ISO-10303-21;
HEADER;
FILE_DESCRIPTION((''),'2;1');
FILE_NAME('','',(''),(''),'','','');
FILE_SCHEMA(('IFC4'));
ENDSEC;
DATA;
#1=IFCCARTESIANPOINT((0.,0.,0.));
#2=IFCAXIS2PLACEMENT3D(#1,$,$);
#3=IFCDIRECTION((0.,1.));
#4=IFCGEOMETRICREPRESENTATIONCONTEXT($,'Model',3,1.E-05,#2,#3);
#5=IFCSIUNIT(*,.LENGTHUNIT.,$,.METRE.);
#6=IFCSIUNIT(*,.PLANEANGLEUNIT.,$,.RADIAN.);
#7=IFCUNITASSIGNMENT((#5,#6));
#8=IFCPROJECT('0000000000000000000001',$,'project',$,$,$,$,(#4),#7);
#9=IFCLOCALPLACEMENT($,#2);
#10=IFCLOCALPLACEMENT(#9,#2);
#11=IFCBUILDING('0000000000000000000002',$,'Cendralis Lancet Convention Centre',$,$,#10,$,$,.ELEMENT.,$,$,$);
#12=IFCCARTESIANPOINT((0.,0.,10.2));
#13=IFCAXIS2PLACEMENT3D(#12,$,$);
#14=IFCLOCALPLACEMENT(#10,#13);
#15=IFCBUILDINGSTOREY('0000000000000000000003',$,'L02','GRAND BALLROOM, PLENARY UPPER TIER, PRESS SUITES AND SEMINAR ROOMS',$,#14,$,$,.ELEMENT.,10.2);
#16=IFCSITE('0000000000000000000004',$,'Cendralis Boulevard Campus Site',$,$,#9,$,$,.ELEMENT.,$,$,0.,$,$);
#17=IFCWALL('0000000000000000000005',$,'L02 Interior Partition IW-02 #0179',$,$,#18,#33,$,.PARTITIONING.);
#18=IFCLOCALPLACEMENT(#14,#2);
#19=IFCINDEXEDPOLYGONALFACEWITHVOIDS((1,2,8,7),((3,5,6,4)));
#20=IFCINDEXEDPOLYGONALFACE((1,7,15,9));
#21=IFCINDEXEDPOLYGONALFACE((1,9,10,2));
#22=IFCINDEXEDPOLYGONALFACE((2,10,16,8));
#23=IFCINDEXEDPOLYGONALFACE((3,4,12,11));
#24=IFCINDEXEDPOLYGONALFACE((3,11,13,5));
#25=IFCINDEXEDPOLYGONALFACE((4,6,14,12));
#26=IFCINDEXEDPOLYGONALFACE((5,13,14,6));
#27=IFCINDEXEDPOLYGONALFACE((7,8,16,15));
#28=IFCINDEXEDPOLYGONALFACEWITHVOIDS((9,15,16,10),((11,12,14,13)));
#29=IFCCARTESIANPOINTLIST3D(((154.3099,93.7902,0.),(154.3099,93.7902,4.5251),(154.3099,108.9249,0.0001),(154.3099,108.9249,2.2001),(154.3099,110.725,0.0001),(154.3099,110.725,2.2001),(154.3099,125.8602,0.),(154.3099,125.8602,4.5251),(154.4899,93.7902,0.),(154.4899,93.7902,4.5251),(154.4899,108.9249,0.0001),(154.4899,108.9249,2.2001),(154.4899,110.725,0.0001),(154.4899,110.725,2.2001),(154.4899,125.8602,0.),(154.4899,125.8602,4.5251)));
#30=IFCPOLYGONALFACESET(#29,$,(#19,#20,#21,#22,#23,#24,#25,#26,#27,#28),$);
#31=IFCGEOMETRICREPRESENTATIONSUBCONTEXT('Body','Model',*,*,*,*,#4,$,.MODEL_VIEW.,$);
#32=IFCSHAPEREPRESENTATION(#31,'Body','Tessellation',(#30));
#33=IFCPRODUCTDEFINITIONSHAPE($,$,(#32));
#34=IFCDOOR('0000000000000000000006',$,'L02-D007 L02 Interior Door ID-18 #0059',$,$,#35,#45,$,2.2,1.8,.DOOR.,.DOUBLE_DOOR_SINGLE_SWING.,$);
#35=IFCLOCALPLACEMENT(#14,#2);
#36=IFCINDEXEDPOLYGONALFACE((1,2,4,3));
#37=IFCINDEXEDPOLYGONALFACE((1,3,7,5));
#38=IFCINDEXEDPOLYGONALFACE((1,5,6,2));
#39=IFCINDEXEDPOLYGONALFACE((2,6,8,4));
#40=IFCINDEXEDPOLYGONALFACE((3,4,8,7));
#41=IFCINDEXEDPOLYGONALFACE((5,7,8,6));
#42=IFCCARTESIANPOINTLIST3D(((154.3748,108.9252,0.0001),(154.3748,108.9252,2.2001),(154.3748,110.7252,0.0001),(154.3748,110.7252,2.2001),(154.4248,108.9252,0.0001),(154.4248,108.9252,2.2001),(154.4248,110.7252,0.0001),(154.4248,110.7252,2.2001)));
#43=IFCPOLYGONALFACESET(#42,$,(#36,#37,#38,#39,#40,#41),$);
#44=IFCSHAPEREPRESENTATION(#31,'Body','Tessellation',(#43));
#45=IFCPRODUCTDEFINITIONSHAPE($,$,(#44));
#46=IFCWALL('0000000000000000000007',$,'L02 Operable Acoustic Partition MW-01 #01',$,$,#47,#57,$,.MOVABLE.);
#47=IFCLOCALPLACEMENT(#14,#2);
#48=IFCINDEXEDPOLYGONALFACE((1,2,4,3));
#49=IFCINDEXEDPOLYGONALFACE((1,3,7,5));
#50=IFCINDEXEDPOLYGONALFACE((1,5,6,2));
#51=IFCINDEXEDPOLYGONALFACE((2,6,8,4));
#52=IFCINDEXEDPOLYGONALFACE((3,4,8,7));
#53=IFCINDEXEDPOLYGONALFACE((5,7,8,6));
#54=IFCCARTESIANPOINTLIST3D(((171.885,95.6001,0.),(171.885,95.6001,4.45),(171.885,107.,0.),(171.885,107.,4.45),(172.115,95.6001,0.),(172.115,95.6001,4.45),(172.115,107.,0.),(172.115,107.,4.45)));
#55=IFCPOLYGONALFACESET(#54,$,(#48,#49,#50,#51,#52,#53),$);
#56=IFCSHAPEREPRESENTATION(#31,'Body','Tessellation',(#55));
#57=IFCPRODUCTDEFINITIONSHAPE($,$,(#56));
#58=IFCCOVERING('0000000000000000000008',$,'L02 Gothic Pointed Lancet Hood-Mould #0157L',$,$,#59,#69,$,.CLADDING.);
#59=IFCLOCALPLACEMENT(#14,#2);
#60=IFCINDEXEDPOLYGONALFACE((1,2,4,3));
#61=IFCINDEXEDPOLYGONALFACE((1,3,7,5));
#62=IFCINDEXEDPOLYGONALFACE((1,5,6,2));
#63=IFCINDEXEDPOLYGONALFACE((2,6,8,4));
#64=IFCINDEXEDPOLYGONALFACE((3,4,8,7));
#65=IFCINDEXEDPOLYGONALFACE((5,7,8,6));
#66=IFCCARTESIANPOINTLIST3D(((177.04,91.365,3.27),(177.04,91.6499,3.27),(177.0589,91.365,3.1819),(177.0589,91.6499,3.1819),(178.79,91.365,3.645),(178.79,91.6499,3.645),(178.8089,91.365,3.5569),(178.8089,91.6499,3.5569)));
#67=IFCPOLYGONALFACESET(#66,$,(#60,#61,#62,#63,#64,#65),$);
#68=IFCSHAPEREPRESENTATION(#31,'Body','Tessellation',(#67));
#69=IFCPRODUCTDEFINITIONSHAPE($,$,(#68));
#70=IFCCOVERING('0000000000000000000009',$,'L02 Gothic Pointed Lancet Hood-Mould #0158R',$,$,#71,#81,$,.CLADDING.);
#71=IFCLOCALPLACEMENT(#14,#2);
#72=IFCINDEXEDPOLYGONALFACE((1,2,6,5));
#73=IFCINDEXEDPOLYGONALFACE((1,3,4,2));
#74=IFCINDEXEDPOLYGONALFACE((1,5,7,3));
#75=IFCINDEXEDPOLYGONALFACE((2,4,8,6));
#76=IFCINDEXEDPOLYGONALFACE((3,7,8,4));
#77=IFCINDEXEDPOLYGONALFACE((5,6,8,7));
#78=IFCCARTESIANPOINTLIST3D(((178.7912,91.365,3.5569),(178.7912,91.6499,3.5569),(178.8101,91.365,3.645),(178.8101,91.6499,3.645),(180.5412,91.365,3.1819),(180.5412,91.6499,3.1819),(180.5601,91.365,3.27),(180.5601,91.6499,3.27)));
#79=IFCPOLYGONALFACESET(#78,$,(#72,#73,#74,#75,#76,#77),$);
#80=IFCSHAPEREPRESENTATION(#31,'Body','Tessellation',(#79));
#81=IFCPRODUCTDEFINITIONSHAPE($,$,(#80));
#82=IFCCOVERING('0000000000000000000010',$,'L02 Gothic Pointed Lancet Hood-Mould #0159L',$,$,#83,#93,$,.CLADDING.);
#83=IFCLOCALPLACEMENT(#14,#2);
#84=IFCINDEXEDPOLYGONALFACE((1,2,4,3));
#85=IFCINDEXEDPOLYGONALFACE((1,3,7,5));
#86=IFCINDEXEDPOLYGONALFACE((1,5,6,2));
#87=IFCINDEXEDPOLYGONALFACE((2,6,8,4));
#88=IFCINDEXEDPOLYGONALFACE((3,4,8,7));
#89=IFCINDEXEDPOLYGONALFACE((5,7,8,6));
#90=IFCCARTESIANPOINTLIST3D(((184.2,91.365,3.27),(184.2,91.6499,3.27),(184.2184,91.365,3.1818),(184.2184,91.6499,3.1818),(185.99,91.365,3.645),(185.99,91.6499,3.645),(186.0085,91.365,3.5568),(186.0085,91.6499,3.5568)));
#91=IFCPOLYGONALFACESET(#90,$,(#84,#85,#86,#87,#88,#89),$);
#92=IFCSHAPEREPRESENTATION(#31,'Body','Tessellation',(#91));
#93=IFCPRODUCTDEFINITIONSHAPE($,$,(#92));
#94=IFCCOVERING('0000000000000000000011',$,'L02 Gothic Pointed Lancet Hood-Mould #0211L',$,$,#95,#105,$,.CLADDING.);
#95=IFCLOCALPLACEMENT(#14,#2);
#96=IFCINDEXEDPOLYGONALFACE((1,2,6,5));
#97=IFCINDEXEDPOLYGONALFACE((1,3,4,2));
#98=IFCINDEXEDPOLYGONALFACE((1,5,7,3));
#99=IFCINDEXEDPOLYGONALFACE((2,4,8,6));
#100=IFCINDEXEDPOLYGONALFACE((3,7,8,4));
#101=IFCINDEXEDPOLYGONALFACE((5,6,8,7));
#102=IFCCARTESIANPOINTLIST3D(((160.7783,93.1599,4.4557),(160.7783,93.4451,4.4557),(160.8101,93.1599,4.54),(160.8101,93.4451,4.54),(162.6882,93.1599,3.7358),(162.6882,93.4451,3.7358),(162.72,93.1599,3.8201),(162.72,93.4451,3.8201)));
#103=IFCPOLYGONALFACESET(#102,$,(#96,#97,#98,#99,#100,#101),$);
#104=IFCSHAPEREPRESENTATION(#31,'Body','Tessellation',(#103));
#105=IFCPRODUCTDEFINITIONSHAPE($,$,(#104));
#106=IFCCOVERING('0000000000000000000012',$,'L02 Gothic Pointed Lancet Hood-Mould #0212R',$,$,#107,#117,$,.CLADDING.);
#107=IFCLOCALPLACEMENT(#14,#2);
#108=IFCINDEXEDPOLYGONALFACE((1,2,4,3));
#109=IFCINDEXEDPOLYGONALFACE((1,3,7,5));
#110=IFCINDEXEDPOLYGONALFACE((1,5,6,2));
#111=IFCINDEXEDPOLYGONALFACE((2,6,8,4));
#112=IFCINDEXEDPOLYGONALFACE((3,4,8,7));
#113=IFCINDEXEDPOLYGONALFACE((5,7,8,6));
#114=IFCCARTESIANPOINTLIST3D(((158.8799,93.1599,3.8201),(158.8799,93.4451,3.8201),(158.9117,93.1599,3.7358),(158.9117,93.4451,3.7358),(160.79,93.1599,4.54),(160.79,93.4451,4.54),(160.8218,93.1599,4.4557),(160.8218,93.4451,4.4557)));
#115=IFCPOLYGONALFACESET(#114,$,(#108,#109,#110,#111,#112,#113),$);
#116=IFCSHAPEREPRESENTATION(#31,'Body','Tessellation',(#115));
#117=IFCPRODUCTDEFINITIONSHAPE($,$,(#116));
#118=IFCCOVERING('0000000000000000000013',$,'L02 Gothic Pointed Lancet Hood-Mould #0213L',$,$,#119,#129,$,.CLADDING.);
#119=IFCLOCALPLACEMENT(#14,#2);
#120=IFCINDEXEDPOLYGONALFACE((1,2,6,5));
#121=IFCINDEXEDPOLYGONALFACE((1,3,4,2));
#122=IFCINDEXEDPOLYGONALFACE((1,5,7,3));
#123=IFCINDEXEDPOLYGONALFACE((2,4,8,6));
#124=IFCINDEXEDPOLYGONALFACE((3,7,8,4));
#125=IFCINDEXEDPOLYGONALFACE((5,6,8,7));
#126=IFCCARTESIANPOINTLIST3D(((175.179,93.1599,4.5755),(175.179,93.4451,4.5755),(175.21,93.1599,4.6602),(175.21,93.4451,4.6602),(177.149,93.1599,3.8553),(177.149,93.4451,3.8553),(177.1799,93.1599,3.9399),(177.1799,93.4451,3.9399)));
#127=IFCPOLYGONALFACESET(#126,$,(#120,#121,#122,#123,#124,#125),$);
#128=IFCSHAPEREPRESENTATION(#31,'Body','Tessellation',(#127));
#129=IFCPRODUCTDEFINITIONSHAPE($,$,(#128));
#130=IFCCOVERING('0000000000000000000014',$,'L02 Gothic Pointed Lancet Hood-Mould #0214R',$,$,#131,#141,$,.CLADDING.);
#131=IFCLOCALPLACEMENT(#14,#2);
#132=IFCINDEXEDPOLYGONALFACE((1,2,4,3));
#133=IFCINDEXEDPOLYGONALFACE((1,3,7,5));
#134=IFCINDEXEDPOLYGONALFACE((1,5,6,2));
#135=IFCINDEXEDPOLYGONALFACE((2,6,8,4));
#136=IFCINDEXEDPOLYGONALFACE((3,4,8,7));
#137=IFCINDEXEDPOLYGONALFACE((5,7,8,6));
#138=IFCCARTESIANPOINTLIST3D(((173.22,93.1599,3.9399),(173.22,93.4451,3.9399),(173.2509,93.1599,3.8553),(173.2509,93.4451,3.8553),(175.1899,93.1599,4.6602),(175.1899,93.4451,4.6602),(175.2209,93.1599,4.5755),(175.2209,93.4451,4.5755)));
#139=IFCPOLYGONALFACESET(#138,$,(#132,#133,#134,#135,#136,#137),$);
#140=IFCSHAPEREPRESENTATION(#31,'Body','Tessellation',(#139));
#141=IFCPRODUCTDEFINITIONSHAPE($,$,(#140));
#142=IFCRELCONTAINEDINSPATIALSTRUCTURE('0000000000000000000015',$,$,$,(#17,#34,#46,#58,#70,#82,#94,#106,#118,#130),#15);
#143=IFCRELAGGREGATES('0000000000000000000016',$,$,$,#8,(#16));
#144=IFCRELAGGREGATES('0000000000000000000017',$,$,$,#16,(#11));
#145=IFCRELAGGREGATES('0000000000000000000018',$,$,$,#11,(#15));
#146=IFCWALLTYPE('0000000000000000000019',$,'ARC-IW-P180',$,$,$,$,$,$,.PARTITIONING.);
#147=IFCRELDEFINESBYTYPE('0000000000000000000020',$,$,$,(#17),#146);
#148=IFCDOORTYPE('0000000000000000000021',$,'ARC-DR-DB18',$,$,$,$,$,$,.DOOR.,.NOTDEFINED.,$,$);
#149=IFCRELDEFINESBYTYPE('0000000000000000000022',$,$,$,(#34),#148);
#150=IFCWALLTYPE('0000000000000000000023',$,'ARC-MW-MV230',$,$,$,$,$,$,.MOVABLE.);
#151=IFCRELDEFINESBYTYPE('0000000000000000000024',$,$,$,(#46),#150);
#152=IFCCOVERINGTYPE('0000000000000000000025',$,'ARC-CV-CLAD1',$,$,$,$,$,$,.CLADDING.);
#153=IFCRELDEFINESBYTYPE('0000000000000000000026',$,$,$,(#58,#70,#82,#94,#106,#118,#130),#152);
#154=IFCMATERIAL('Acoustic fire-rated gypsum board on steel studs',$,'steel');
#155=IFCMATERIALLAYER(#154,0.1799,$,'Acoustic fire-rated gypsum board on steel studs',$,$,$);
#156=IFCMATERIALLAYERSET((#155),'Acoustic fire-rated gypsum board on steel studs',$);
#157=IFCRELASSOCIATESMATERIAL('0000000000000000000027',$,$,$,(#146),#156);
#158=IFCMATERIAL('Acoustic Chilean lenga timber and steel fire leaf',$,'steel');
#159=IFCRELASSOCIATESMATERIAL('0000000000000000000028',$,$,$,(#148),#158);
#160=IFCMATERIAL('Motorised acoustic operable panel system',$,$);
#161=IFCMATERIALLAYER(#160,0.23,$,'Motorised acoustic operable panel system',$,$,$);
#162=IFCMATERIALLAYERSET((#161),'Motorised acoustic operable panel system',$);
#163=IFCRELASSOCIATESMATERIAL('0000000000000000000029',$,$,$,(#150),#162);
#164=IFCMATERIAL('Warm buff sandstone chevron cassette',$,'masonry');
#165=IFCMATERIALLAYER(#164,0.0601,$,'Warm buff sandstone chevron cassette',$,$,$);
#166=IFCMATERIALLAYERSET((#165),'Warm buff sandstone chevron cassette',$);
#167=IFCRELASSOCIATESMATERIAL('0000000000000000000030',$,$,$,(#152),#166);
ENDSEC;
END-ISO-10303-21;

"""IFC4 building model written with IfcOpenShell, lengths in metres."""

from ifc_helpers import new_model, si_unit, direction, frame, frame_2d, origin, place, context, subcontext, project, spatial, polyline, rectangle, outline, extrude, material, layer, layer_set, type_object, element, fill, save


model = new_model("IFC4")

# Units and contexts
model_context = context("Model", 3, precision=1e-05, world=origin(), true_north=direction((0.0, 1.0)))
body_context = subcontext(model_context, "Body", "Model", "MODEL_VIEW")
ifc_project = project(units=[si_unit("LENGTHUNIT", "METRE"), si_unit("PLANEANGLEUNIT", "RADIAN")], contexts=[model_context])

# Site, building, storey
site_placement = place(None, origin())
site = spatial("IfcSite", under=ifc_project, at=site_placement, Name="Cendralis Boulevard Campus Site", CompositionType="ELEMENT", RefElevation=0.0)
building_placement = place(site_placement, origin())
building = spatial("IfcBuilding", under=site, at=building_placement, Name="Cendralis Lancet Convention Centre", CompositionType="ELEMENT")
storey_placement = place(building_placement, frame((0.0, 0.0, 10.2)))
storey = spatial("IfcBuildingStorey", under=building, at=storey_placement, Name="L02", Description="GRAND BALLROOM, PLENARY UPPER TIER, PRESS SUITES AND SEMINAR ROOMS", CompositionType="ELEMENT", Elevation=10.2)

# Wall, opening, door
ifc_material_1 = material(Name="Acoustic fire-rated gypsum board on steel studs", Category="steel")
ifc_layer_1 = layer(ifc_material_1, 0.1799, Name="Acoustic fire-rated gypsum board on steel studs")
ifc_layer_set_1 = layer_set([ifc_layer_1], Name="Acoustic fire-rated gypsum board on steel studs")
wall_type_1 = type_object("IfcWallType", Name="ARC-IW-P180", PredefinedType="PARTITIONING", material=ifc_layer_set_1)
wall_1_placement = place(storey_placement, frame((154.3999, 93.79, 0.0), z_axis=(0.0, 0.0, 1.0), x_axis=(0.0, 1.0, 0.0)))
wall_1 = element("IfcWall", 1, at=wall_1_placement, inside=storey, type_object=wall_type_1, Name="L02 Interior Partition IW-02 #0179", PredefinedType="PARTITIONING", context=body_context, shape_type="SweptSolid", body=[
    extrude(rectangle(XDim=32.0701, YDim=0.1799, at=frame_2d((16.0352, 0.0))), origin(), (0.0, 0.0, 1.0), 4.5251),
])
opening_1_placement = place(wall_1_placement, frame((15.135, 0.0, 0.0)))
opening_1 = element("IfcOpeningElement", 2, at=opening_1_placement, cuts=wall_1, PredefinedType="OPENING", context=body_context, shape_type="SweptSolid", body=[
    extrude(rectangle(XDim=1.8, YDim=2.2, at=frame_2d((0.8999, 1.1001))), frame((0.0, 0.0999, 0.0), z_axis=(0.0, -1.0, 0.0), x_axis=(1.0, 0.0, 0.0)), (0.0, 0.0, 1.0), 0.2),
])
ifc_material_2 = material(Name="Acoustic Chilean lenga timber and steel fire leaf", Category="steel")
door_type = type_object("IfcDoorType", Name="ARC-DR-DB18", OperationType="NOTDEFINED", PredefinedType="DOOR", material=ifc_material_2)
door_placement = place(opening_1_placement, frame((1.8, 0.0, 0.0), z_axis=(0.0, 0.0, 1.0), x_axis=(-1.0, 0.0, 0.0)))
door = element("IfcDoor", 3, at=door_placement, inside=storey, type_object=door_type, Name="L02-D007 L02 Interior Door ID-18 #0059", OperationType="DOUBLE_DOOR_SINGLE_SWING", OverallHeight=2.2, OverallWidth=1.8, PredefinedType="DOOR", context=body_context, shape_type="SweptSolid", body=[
    extrude(rectangle(XDim=1.8, YDim=2.2, at=frame_2d((0.8999, 1.1001))), frame((0.0, 0.0249, 0.0), z_axis=(0.0, -1.0, 0.0), x_axis=(1.0, 0.0, 0.0)), (0.0, 0.0, 1.0), 0.05),
])
fill(opening_1, door)

# Wall
ifc_material_3 = material(Name="Motorised acoustic operable panel system")
ifc_layer_2 = layer(ifc_material_3, 0.23, Name="Motorised acoustic operable panel system")
ifc_layer_set_2 = layer_set([ifc_layer_2], Name="Motorised acoustic operable panel system")
wall_type_2 = type_object("IfcWallType", Name="ARC-MW-MV230", PredefinedType="MOVABLE", material=ifc_layer_set_2)
wall_2_placement = place(storey_placement, frame((172.0, 95.6001, 0.0), z_axis=(0.0, 0.0, 1.0), x_axis=(0.0, 1.0, 0.0)))
element("IfcWall", 4, at=wall_2_placement, inside=storey, type_object=wall_type_2, Name="L02 Operable Acoustic Partition MW-01 #01", PredefinedType="MOVABLE", context=body_context, shape_type="SweptSolid", body=[
    extrude(rectangle(XDim=11.3999, YDim=0.23, at=frame_2d((5.7, 0.0))), origin(), (0.0, 0.0, 1.0), 4.45),
])

# Coverings
ifc_material_4 = material(Name="Warm buff sandstone chevron cassette", Category="masonry")
ifc_layer_3 = layer(ifc_material_4, 0.0601, Name="Warm buff sandstone chevron cassette")
ifc_layer_set_3 = layer_set([ifc_layer_3], Name="Warm buff sandstone chevron cassette")
covering_type = type_object("IfcCoveringType", Name="ARC-CV-CLAD1", PredefinedType="CLADDING", material=ifc_layer_set_3)
for number, where, z_axis, x_axis, name in (
    (5, (177.04, 91.6499, 3.27), (-0.209529, 0.0, 0.977802), (0.0, -1.0, 0.0), "L02 Gothic Pointed Lancet Hood-Mould #0157L"),
    (6, (178.8101, 91.6499, 3.645), (0.209529, 0.0, 0.977802), (0.0, -1.0, 0.0), "L02 Gothic Pointed Lancet Hood-Mould #0158R"),
):
    element("IfcCovering", number, at=place(storey_placement, frame(where, z_axis=z_axis, x_axis=x_axis)), inside=storey, type_object=covering_type, Name=name, PredefinedType="CLADDING", context=body_context, shape_type="SweptSolid", body=[
        extrude(outline(polyline([(0.0, 0.0), (0.2849, 0.0), (0.2849, 1.7897), (0.0, 1.7897), (0.0, 0.0)])), origin(), (0.0, 0.0, -1.0), 0.0901),
    ])
covering_1_placement = place(storey_placement, frame((184.2, 91.6499, 3.27), z_axis=(-0.205042, 0.0, 0.978753), x_axis=(0.0, -1.0, 0.0)))
element("IfcCovering", 7, at=covering_1_placement, inside=storey, type_object=covering_type, Name="L02 Gothic Pointed Lancet Hood-Mould #0159L", PredefinedType="CLADDING", context=body_context, shape_type="SweptSolid", body=[
    extrude(outline(polyline([(0.0, 0.0), (0.2849, 0.0), (0.2849, 1.8289), (0.0, 1.8289), (0.0, 0.0)])), origin(), (0.0, 0.0, -1.0), 0.0901),
])
covering_2_placement = place(storey_placement, frame((162.72, 93.1599, 3.8201), z_axis=(0.352735, 0.0, 0.935723), x_axis=(0.0, 1.0, 0.0)))
element("IfcCovering", 8, at=covering_2_placement, inside=storey, type_object=covering_type, Name="L02 Gothic Pointed Lancet Hood-Mould #0211L", PredefinedType="CLADDING", context=body_context, shape_type="SweptSolid", body=[
    extrude(outline(polyline([(0.0, 0.0), (0.2852, 0.0), (0.2852, 2.0411), (0.0, 2.0411), (0.0, 0.0)])), origin(), (0.0, 0.0, -1.0), 0.0901),
])
covering_3_placement = place(storey_placement, frame((160.79, 93.1599, 4.54), z_axis=(-0.352696, 0.0, 0.935738), x_axis=(0.0, 1.0, 0.0)))
element("IfcCovering", 9, at=covering_3_placement, inside=storey, type_object=covering_type, Name="L02 Gothic Pointed Lancet Hood-Mould #0212R", PredefinedType="CLADDING", context=body_context, shape_type="SweptSolid", body=[
    extrude(outline(polyline([(0.0, 0.0), (0.2852, 0.0), (0.2852, 2.0413), (0.0, 2.0413), (0.0, 0.0)])), origin(), (0.0, 0.0, -1.0), 0.0901),
])
for number, where, z_axis, x_axis, name in (
    (10, (177.1799, 93.1599, 3.9399), (0.343369, 0.0, 0.939201), (0.0, 1.0, 0.0), "L02 Gothic Pointed Lancet Hood-Mould #0213L"),
    (11, (175.1899, 93.1599, 4.6602), (-0.343369, 0.0, 0.939201), (0.0, 1.0, 0.0), "L02 Gothic Pointed Lancet Hood-Mould #0214R"),
):
    element("IfcCovering", number, at=place(storey_placement, frame(where, z_axis=z_axis, x_axis=x_axis)), inside=storey, type_object=covering_type, Name=name, PredefinedType="CLADDING", context=body_context, shape_type="SweptSolid", body=[
        extrude(outline(polyline([(0.0, 0.0), (0.2852, 0.0), (0.2852, 2.0975), (0.0, 2.0975), (0.0, 0.0)])), origin(), (0.0, 0.0, -1.0), 0.0901),
    ])

save(model, "model.ifc")
